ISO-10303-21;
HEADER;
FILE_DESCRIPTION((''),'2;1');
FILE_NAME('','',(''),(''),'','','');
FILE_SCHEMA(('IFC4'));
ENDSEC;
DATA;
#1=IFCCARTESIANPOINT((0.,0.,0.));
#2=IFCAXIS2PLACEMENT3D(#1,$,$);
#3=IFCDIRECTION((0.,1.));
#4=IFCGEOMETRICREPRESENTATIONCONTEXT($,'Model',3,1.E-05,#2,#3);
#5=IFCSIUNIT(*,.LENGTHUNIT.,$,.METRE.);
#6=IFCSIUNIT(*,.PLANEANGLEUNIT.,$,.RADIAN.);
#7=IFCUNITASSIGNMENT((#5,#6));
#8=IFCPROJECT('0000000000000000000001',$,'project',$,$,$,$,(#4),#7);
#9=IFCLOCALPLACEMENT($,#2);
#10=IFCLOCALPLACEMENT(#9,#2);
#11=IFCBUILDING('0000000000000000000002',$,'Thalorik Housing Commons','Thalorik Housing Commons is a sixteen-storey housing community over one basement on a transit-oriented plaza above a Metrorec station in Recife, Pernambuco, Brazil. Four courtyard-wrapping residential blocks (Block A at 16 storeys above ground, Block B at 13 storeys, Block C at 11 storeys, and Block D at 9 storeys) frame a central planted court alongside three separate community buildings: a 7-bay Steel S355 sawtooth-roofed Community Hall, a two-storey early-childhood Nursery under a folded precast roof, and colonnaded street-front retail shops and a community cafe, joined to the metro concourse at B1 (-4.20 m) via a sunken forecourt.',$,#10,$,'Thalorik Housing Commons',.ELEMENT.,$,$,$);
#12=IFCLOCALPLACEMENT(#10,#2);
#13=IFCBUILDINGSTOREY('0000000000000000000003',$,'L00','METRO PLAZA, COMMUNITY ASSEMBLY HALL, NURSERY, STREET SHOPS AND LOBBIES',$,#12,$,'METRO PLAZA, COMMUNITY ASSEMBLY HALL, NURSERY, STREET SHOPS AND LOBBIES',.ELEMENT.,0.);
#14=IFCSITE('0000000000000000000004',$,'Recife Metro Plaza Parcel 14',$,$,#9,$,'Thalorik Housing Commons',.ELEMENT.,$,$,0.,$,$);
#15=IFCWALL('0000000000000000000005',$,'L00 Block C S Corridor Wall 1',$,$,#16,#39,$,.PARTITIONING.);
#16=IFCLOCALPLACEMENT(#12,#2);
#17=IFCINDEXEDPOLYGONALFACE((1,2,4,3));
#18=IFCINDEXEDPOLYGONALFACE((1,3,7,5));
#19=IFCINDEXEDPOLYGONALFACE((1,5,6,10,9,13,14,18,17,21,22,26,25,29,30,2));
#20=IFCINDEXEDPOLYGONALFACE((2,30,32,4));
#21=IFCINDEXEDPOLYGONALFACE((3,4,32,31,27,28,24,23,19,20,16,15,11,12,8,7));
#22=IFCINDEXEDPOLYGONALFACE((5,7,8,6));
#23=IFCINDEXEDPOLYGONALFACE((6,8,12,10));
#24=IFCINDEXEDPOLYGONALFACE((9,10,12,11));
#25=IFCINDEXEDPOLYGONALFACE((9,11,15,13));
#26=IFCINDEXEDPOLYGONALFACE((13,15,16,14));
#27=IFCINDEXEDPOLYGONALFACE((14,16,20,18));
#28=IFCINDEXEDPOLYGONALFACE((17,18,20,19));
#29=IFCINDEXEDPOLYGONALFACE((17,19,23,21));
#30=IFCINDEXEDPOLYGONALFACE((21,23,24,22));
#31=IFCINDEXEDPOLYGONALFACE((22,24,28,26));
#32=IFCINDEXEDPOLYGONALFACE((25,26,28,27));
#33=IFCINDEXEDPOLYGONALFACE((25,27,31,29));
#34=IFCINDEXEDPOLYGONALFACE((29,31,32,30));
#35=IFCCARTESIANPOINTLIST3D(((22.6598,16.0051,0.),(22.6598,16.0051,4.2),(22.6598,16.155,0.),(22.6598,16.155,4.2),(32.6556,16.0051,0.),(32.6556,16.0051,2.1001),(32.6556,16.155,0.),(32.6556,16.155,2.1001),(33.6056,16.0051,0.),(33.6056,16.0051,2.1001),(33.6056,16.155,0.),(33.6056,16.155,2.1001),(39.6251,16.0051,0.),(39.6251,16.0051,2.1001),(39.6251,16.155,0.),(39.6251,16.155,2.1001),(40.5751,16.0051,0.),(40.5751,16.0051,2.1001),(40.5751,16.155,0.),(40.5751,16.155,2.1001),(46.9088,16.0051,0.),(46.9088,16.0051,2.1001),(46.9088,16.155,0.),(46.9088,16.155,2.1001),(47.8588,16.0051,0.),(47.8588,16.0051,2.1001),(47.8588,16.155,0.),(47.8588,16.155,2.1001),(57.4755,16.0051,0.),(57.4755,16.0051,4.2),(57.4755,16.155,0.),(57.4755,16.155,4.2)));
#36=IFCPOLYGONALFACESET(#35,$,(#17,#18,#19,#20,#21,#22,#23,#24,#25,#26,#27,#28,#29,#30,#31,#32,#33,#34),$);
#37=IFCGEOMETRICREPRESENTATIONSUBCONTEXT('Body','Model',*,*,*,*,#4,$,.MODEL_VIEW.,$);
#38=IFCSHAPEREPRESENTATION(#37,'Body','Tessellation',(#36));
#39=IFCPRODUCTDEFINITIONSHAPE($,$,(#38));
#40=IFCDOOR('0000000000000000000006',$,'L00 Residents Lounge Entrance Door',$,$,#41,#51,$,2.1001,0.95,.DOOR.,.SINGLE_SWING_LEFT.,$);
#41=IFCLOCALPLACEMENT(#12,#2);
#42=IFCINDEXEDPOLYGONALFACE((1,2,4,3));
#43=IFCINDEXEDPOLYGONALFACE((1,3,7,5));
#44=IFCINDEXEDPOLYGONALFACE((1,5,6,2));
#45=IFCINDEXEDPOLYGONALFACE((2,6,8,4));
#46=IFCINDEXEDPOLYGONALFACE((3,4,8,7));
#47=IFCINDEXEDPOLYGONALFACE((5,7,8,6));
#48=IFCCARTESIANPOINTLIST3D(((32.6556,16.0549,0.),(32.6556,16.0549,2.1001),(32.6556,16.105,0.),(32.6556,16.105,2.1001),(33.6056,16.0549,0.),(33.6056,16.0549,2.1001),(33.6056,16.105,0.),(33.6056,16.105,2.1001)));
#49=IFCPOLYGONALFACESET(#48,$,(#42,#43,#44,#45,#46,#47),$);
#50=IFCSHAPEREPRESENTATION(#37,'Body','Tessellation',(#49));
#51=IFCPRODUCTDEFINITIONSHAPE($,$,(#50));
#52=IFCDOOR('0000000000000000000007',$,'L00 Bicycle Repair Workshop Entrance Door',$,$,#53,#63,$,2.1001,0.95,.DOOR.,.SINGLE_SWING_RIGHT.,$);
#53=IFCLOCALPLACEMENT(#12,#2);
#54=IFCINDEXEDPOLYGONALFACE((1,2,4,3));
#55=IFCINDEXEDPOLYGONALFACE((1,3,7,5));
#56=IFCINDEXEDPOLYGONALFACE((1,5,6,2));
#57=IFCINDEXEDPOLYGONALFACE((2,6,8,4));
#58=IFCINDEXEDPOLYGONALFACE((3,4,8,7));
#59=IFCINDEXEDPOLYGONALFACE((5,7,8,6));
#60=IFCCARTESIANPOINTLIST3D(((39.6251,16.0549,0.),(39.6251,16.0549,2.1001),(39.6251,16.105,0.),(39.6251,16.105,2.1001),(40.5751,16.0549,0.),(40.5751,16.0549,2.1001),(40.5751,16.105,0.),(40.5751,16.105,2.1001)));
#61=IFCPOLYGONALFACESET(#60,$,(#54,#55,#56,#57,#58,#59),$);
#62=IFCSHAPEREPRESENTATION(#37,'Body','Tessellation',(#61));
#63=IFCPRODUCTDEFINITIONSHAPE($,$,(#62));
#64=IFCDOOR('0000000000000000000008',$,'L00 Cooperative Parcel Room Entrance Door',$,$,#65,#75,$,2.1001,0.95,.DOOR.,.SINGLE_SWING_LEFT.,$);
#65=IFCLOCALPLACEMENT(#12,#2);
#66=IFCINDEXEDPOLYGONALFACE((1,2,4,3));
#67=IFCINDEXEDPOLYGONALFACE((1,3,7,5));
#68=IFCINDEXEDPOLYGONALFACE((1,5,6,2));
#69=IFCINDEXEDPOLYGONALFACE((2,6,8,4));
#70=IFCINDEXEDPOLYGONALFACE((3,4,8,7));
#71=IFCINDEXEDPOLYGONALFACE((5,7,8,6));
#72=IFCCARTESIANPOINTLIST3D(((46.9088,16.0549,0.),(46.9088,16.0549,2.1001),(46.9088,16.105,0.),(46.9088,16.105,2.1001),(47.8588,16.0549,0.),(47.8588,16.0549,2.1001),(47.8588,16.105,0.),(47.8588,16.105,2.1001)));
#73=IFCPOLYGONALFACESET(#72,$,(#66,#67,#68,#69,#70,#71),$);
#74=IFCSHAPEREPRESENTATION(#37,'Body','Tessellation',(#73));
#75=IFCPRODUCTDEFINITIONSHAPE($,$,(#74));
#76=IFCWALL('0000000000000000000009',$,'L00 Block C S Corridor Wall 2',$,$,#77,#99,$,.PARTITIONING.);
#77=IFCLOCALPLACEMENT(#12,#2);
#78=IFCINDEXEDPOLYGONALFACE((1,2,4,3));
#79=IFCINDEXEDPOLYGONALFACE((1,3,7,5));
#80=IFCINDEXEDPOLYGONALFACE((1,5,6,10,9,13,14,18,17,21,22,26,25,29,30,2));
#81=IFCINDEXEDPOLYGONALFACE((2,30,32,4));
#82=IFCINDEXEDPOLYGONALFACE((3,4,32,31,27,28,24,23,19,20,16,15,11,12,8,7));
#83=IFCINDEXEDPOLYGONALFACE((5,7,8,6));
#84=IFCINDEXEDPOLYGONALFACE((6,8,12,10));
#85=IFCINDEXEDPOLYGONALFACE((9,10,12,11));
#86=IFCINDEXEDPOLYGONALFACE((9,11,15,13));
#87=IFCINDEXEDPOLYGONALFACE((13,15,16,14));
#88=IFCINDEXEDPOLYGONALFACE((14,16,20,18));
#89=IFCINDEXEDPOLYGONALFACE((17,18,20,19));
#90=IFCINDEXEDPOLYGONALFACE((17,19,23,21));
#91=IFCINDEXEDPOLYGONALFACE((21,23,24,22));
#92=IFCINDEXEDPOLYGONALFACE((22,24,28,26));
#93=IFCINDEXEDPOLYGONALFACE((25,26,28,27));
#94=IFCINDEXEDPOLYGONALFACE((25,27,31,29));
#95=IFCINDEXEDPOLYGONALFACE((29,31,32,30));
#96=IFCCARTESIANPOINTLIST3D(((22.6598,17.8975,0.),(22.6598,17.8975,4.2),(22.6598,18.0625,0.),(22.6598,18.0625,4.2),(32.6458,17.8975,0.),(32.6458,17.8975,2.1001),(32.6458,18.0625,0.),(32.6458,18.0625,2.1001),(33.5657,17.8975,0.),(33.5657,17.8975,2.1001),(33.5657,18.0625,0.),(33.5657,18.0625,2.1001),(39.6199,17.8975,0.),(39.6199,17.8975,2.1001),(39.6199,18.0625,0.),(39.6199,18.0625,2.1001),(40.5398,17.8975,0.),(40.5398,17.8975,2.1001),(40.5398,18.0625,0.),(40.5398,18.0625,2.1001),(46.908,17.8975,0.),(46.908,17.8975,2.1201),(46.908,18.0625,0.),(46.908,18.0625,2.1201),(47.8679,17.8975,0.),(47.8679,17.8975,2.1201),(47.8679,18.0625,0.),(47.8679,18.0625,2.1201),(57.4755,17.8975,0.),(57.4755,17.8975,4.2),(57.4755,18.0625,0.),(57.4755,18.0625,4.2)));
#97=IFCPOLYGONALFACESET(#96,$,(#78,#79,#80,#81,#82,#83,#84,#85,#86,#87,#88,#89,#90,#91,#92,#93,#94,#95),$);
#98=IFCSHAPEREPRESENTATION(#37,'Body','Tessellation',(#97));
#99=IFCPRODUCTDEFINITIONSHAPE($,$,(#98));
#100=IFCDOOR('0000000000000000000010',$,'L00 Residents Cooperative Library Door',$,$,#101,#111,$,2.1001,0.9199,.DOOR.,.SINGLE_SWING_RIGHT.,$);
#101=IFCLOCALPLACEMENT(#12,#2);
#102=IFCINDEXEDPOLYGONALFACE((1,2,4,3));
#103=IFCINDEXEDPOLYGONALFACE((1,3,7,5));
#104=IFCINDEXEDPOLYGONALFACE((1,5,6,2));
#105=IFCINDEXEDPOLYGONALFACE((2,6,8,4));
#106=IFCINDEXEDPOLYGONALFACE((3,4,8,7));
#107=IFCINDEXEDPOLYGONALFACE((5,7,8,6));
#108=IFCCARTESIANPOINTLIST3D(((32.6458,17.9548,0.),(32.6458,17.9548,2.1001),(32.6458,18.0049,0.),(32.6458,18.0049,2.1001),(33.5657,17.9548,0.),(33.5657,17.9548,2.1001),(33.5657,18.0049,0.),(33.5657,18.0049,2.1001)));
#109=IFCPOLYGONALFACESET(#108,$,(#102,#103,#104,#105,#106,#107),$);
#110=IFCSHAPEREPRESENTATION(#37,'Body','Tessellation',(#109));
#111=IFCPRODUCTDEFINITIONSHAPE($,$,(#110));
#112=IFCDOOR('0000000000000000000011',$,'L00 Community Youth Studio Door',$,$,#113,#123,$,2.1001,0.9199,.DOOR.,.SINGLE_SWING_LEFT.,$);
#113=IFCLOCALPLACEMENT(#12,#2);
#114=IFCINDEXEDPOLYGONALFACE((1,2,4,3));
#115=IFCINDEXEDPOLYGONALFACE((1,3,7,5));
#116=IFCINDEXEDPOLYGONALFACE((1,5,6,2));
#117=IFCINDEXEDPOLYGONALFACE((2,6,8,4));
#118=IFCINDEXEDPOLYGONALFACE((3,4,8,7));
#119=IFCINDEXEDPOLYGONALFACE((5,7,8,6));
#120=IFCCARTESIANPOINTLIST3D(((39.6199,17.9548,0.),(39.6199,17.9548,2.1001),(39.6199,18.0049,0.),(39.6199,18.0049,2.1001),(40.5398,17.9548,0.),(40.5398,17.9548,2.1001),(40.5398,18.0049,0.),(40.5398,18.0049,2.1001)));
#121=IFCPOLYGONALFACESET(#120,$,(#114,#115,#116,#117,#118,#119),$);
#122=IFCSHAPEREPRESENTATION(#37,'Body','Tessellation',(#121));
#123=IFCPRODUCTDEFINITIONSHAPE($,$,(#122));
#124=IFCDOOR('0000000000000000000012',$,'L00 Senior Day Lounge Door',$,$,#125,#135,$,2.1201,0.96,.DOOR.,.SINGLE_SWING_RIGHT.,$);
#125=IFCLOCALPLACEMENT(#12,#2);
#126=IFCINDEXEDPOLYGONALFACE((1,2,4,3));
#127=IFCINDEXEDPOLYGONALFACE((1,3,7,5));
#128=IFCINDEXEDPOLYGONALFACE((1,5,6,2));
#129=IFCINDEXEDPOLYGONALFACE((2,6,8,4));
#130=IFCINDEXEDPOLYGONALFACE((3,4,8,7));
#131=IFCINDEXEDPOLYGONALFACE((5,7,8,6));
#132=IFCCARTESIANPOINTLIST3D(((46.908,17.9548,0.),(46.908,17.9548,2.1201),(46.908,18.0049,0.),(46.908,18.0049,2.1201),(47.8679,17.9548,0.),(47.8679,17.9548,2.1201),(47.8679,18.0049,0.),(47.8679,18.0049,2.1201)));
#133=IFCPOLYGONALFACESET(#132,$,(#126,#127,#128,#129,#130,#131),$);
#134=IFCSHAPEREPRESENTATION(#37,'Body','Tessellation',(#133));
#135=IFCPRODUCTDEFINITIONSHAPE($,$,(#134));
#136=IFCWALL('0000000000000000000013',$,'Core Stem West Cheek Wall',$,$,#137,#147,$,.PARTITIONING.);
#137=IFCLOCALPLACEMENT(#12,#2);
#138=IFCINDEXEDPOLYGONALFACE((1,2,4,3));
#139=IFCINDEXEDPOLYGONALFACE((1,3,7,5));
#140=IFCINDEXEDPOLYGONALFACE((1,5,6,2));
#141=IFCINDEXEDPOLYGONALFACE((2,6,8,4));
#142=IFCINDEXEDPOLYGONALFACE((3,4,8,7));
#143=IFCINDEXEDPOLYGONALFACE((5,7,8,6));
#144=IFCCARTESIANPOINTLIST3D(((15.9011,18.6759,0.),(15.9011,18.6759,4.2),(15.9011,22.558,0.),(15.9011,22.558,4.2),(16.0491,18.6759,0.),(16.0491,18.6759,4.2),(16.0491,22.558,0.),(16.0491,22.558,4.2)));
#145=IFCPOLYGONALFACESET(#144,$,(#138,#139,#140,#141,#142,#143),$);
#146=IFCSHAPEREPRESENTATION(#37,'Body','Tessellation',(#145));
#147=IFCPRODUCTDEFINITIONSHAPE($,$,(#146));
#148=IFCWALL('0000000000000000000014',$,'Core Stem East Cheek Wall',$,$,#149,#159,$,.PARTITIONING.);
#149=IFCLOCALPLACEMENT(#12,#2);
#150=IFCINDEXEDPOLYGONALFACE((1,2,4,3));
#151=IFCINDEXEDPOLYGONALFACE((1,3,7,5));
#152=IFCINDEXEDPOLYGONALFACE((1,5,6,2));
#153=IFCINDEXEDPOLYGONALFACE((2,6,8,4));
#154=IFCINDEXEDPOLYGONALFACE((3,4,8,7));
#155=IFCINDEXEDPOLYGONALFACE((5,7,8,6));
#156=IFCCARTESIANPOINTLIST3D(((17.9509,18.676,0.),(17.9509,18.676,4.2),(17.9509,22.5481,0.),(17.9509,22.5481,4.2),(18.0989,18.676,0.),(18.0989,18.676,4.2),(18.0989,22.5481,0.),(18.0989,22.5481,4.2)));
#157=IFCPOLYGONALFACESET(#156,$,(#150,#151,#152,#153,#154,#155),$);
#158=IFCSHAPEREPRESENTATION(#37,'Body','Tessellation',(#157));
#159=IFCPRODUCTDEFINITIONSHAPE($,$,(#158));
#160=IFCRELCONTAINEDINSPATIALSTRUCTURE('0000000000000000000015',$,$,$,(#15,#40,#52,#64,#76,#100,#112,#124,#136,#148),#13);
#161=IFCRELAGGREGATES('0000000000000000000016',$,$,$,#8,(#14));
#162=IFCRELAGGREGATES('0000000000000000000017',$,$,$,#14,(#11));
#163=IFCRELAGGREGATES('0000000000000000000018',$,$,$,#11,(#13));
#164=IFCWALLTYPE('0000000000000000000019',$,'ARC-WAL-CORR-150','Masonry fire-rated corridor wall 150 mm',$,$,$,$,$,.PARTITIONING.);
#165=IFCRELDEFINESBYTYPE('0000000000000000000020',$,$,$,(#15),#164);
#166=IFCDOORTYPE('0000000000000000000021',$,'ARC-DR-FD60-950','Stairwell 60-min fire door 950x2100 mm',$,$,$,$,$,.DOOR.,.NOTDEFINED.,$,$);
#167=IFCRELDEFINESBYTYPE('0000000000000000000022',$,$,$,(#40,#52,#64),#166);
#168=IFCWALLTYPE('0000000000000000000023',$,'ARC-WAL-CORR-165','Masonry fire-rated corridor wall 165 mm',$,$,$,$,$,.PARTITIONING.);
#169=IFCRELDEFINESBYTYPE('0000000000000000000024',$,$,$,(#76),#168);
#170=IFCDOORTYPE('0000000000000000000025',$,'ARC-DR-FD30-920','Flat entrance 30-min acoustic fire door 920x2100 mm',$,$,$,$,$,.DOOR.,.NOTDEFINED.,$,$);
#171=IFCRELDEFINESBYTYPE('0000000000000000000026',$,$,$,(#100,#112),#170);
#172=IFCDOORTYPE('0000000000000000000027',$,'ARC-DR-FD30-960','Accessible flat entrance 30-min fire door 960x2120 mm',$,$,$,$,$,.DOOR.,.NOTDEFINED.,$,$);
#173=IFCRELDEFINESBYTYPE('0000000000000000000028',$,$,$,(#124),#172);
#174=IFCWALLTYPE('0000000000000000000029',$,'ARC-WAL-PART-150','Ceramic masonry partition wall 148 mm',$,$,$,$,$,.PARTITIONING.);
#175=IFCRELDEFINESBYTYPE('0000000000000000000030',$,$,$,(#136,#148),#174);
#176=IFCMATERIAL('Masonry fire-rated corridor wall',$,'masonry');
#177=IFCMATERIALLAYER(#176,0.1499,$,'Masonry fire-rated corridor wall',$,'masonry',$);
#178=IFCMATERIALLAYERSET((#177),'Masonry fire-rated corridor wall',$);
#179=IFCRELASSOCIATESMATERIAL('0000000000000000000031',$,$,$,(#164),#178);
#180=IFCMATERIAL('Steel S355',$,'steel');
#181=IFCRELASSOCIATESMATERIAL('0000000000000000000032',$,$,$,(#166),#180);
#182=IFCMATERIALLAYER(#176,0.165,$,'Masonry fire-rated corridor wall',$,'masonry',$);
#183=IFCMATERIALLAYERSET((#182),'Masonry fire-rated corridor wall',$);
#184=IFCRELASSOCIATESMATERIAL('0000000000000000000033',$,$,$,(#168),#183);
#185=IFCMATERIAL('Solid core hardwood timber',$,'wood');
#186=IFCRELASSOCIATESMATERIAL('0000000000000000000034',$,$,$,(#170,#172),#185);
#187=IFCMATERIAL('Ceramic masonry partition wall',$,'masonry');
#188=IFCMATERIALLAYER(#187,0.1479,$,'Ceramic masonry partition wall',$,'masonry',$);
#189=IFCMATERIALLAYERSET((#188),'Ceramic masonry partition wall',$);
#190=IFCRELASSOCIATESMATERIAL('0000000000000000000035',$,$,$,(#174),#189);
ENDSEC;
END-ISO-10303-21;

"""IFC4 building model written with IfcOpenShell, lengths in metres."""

from ifc_helpers import new_model, si_unit, direction, frame, frame_2d, origin, place, context, subcontext, project, spatial, rectangle, extrude, material, layer, layer_set, type_object, element, fill, save


model = new_model("IFC4")

# Units and contexts
model_context = context("Model", 3, precision=1e-05, world=origin(), true_north=direction((0.0, 1.0)))
body_context = subcontext(model_context, "Body", "Model", "MODEL_VIEW")
ifc_project = project(units=[si_unit("LENGTHUNIT", "METRE"), si_unit("PLANEANGLEUNIT", "RADIAN")], contexts=[model_context])

# Site, building, storey
site_placement = place(None, origin())
site = spatial("IfcSite", under=ifc_project, at=site_placement, Name="Recife Metro Plaza Parcel 14", LongName="Thalorik Housing Commons", CompositionType="ELEMENT", RefElevation=0.0)
building_placement = place(site_placement, origin())
building = spatial("IfcBuilding", under=site, at=building_placement, Name="Thalorik Housing Commons", Description="Thalorik Housing Commons is a sixteen-storey housing community over one basement on a transit-oriented plaza above a Metrorec station in Recife, Pernambuco, Brazil. Four courtyard-wrapping residential blocks (Block A at 16 storeys above ground, Block B at 13 storeys, Block C at 11 storeys, and Block D at 9 storeys) frame a central planted court alongside three separate community buildings: a 7-bay Steel S355 sawtooth-roofed Community Hall, a two-storey early-childhood Nursery under a folded precast roof, and colonnaded street-front retail shops and a community cafe, joined to the metro concourse at B1 (-4.20 m) via a sunken forecourt.", LongName="Thalorik Housing Commons", CompositionType="ELEMENT")
storey_placement = place(building_placement, origin())
storey = spatial("IfcBuildingStorey", under=building, at=storey_placement, Name="L00", Description="METRO PLAZA, COMMUNITY ASSEMBLY HALL, NURSERY, STREET SHOPS AND LOBBIES", LongName="METRO PLAZA, COMMUNITY ASSEMBLY HALL, NURSERY, STREET SHOPS AND LOBBIES", CompositionType="ELEMENT", Elevation=0.0)

# Walls, openings, doors
ifc_material_1 = material(Name="Masonry fire-rated corridor wall", Category="masonry")
ifc_layer_1 = layer(ifc_material_1, 0.1499, Name="Masonry fire-rated corridor wall", Category="masonry")
ifc_layer_set_1 = layer_set([ifc_layer_1], Name="Masonry fire-rated corridor wall")
wall_type_1 = type_object("IfcWallType", Name="ARC-WAL-CORR-150", Description="Masonry fire-rated corridor wall 150 mm", PredefinedType="PARTITIONING", material=ifc_layer_set_1)
ifc_material_2 = material(Name="Steel S355", Category="steel")
door_type_1 = type_object("IfcDoorType", Name="ARC-DR-FD60-950", Description="Stairwell 60-min fire door 950x2100 mm", OperationType="NOTDEFINED", PredefinedType="DOOR", material=ifc_material_2)
wall_1_placement = place(storey_placement, frame((22.6599, 16.0801, 0.0), z_axis=(0.0, 0.0, 1.0), x_axis=(1.0, 0.0, 0.0)))
wall_1 = element("IfcWall", 1, at=wall_1_placement, inside=storey, type_object=wall_type_1, Name="L00 Block C S Corridor Wall 1", PredefinedType="PARTITIONING", context=body_context, shape_type="SweptSolid", body=[
    extrude(rectangle(XDim=34.8157, YDim=0.1499, at=frame_2d((17.4077, 0.0))), origin(), (0.0, 0.0, 1.0), 4.2),
])
opening_1_placement = place(wall_1_placement, frame((9.9956, 0.0, 0.0)))
opening_1 = element("IfcOpeningElement", 2, at=opening_1_placement, cuts=wall_1, PredefinedType="OPENING", context=body_context, shape_type="SweptSolid", body=[
    extrude(rectangle(XDim=0.95, YDim=2.1001, at=frame_2d((0.4751, 1.05))), frame((0.0, 0.085, 0.0), z_axis=(0.0, -1.0, 0.0), x_axis=(1.0, 0.0, 0.0)), (0.0, 0.0, 1.0), 0.1699),
])
opening_2_placement = place(wall_1_placement, frame((16.9651, 0.0, 0.0)))
opening_2 = element("IfcOpeningElement", 3, at=opening_2_placement, cuts=wall_1, PredefinedType="OPENING", context=body_context, shape_type="SweptSolid", body=[
    extrude(rectangle(XDim=0.95, YDim=2.1001, at=frame_2d((0.4751, 1.05))), frame((0.0, 0.085, 0.0), z_axis=(0.0, -1.0, 0.0), x_axis=(1.0, 0.0, 0.0)), (0.0, 0.0, 1.0), 0.1699),
])
opening_3_placement = place(wall_1_placement, frame((24.2488, 0.0, 0.0)))
opening_3 = element("IfcOpeningElement", 4, at=opening_3_placement, cuts=wall_1, PredefinedType="OPENING", context=body_context, shape_type="SweptSolid", body=[
    extrude(rectangle(XDim=0.95, YDim=2.1001, at=frame_2d((0.4751, 1.05))), frame((0.0, 0.085, 0.0), z_axis=(0.0, -1.0, 0.0), x_axis=(1.0, 0.0, 0.0)), (0.0, 0.0, 1.0), 0.1699),
])
door_1_placement = place(opening_1_placement, origin())
door_1 = element("IfcDoor", 5, at=door_1_placement, inside=storey, type_object=door_type_1, Name="L00 Residents Lounge Entrance Door", OperationType="SINGLE_SWING_LEFT", OverallHeight=2.1001, OverallWidth=0.95, PredefinedType="DOOR", context=body_context, shape_type="SweptSolid", body=[
    extrude(rectangle(XDim=0.95, YDim=2.1001, at=frame_2d((0.4751, 1.05))), frame((0.0, 0.0249, 0.0), z_axis=(0.0, -1.0, 0.0), x_axis=(1.0, 0.0, 0.0)), (0.0, 0.0, 1.0), 0.05),
])
fill(opening_1, door_1)
door_2_placement = place(opening_2_placement, origin())
door_2 = element("IfcDoor", 6, at=door_2_placement, inside=storey, type_object=door_type_1, Name="L00 Bicycle Repair Workshop Entrance Door", OperationType="SINGLE_SWING_RIGHT", OverallHeight=2.1001, OverallWidth=0.95, PredefinedType="DOOR", context=body_context, shape_type="SweptSolid", body=[
    extrude(rectangle(XDim=0.95, YDim=2.1001, at=frame_2d((0.4751, 1.05))), frame((0.0, 0.0249, 0.0), z_axis=(0.0, -1.0, 0.0), x_axis=(1.0, 0.0, 0.0)), (0.0, 0.0, 1.0), 0.05),
])
fill(opening_2, door_2)
door_3_placement = place(opening_3_placement, origin())
door_3 = element("IfcDoor", 7, at=door_3_placement, inside=storey, type_object=door_type_1, Name="L00 Cooperative Parcel Room Entrance Door", OperationType="SINGLE_SWING_LEFT", OverallHeight=2.1001, OverallWidth=0.95, PredefinedType="DOOR", context=body_context, shape_type="SweptSolid", body=[
    extrude(rectangle(XDim=0.95, YDim=2.1001, at=frame_2d((0.4751, 1.05))), frame((0.0, 0.0249, 0.0), z_axis=(0.0, -1.0, 0.0), x_axis=(1.0, 0.0, 0.0)), (0.0, 0.0, 1.0), 0.05),
])
fill(opening_3, door_3)
ifc_layer_2 = layer(ifc_material_1, 0.165, Name="Masonry fire-rated corridor wall", Category="masonry")
ifc_layer_set_2 = layer_set([ifc_layer_2], Name="Masonry fire-rated corridor wall")
wall_type_2 = type_object("IfcWallType", Name="ARC-WAL-CORR-165", Description="Masonry fire-rated corridor wall 165 mm", PredefinedType="PARTITIONING", material=ifc_layer_set_2)
wall_2_placement = place(storey_placement, frame((22.6599, 17.98, 0.0), z_axis=(0.0, 0.0, 1.0), x_axis=(1.0, 0.0, 0.0)))
wall_2 = element("IfcWall", 8, at=wall_2_placement, inside=storey, type_object=wall_type_2, Name="L00 Block C S Corridor Wall 2", PredefinedType="PARTITIONING", context=body_context, shape_type="SweptSolid", body=[
    extrude(rectangle(XDim=34.8157, YDim=0.165, at=frame_2d((17.4077, 0.0))), origin(), (0.0, 0.0, 1.0), 4.2),
])
opening_4_placement = place(wall_2_placement, frame((9.9858, 0.0, 0.0)))
opening_4 = element("IfcOpeningElement", 9, at=opening_4_placement, cuts=wall_2, PredefinedType="OPENING", context=body_context, shape_type="SweptSolid", body=[
    extrude(rectangle(XDim=0.9199, YDim=2.1001, at=frame_2d((0.46, 1.05))), frame((0.0, 0.0925, 0.0), z_axis=(0.0, -1.0, 0.0), x_axis=(1.0, 0.0, 0.0)), (0.0, 0.0, 1.0), 0.1851),
])
opening_5_placement = place(wall_2_placement, frame((16.96, 0.0, 0.0)))
opening_5 = element("IfcOpeningElement", 10, at=opening_5_placement, cuts=wall_2, PredefinedType="OPENING", context=body_context, shape_type="SweptSolid", body=[
    extrude(rectangle(XDim=0.9199, YDim=2.1001, at=frame_2d((0.46, 1.05))), frame((0.0, 0.0925, 0.0), z_axis=(0.0, -1.0, 0.0), x_axis=(1.0, 0.0, 0.0)), (0.0, 0.0, 1.0), 0.1851),
])
opening_6_placement = place(wall_2_placement, frame((24.248, 0.0, 0.0)))
opening_6 = element("IfcOpeningElement", 11, at=opening_6_placement, cuts=wall_2, PredefinedType="OPENING", context=body_context, shape_type="SweptSolid", body=[
    extrude(rectangle(XDim=0.96, YDim=2.1201, at=frame_2d((0.48, 1.0601))), frame((0.0, 0.0925, 0.0), z_axis=(0.0, -1.0, 0.0), x_axis=(1.0, 0.0, 0.0)), (0.0, 0.0, 1.0), 0.1851),
])
ifc_material_3 = material(Name="Solid core hardwood timber", Category="wood")
door_type_2 = type_object("IfcDoorType", Name="ARC-DR-FD30-920", Description="Flat entrance 30-min acoustic fire door 920x2100 mm", OperationType="NOTDEFINED", PredefinedType="DOOR", material=ifc_material_3)
door_4_placement = place(opening_4_placement, origin())
door_4 = element("IfcDoor", 12, at=door_4_placement, inside=storey, type_object=door_type_2, Name="L00 Residents Cooperative Library Door", OperationType="SINGLE_SWING_RIGHT", OverallHeight=2.1001, OverallWidth=0.9199, PredefinedType="DOOR", context=body_context, shape_type="SweptSolid", body=[
    extrude(rectangle(XDim=0.9199, YDim=2.1001, at=frame_2d((0.46, 1.05))), frame((0.0, 0.0249, 0.0), z_axis=(0.0, -1.0, 0.0), x_axis=(1.0, 0.0, 0.0)), (0.0, 0.0, 1.0), 0.05),
])
fill(opening_4, door_4)
door_5_placement = place(opening_5_placement, origin())
door_5 = element("IfcDoor", 13, at=door_5_placement, inside=storey, type_object=door_type_2, Name="L00 Community Youth Studio Door", OperationType="SINGLE_SWING_LEFT", OverallHeight=2.1001, OverallWidth=0.9199, PredefinedType="DOOR", context=body_context, shape_type="SweptSolid", body=[
    extrude(rectangle(XDim=0.9199, YDim=2.1001, at=frame_2d((0.46, 1.05))), frame((0.0, 0.0249, 0.0), z_axis=(0.0, -1.0, 0.0), x_axis=(1.0, 0.0, 0.0)), (0.0, 0.0, 1.0), 0.05),
])
fill(opening_5, door_5)
door_type_3 = type_object("IfcDoorType", Name="ARC-DR-FD30-960", Description="Accessible flat entrance 30-min fire door 960x2120 mm", OperationType="NOTDEFINED", PredefinedType="DOOR", material=ifc_material_3)
door_6_placement = place(opening_6_placement, origin())
door_6 = element("IfcDoor", 14, at=door_6_placement, inside=storey, type_object=door_type_3, Name="L00 Senior Day Lounge Door", OperationType="SINGLE_SWING_RIGHT", OverallHeight=2.1201, OverallWidth=0.96, PredefinedType="DOOR", context=body_context, shape_type="SweptSolid", body=[
    extrude(rectangle(XDim=0.96, YDim=2.1201, at=frame_2d((0.48, 1.0601))), frame((0.0, 0.0249, 0.0), z_axis=(0.0, -1.0, 0.0), x_axis=(1.0, 0.0, 0.0)), (0.0, 0.0, 1.0), 0.05),
])
fill(opening_6, door_6)

# Walls
ifc_material_4 = material(Name="Ceramic masonry partition wall", Category="masonry")
ifc_layer_3 = layer(ifc_material_4, 0.1479, Name="Ceramic masonry partition wall", Category="masonry")
ifc_layer_set_3 = layer_set([ifc_layer_3], Name="Ceramic masonry partition wall")
wall_type_3 = type_object("IfcWallType", Name="ARC-WAL-PART-150", Description="Ceramic masonry partition wall 148 mm", PredefinedType="PARTITIONING", material=ifc_layer_set_3)
wall_3_placement = place(storey_placement, frame((15.9751, 18.676, 0.0), z_axis=(0.0, 0.0, 1.0), x_axis=(0.0, 1.0, 0.0)))
element("IfcWall", 15, at=wall_3_placement, inside=storey, type_object=wall_type_3, Name="Core Stem West Cheek Wall", PredefinedType="PARTITIONING", context=body_context, shape_type="SweptSolid", body=[
    extrude(rectangle(XDim=3.8821, YDim=0.1479, at=frame_2d((1.9409, 0.0))), origin(), (0.0, 0.0, 1.0), 4.2),
])
wall_4_placement = place(storey_placement, frame((18.0249, 18.676, 0.0), z_axis=(0.0, 0.0, 1.0), x_axis=(0.0, 1.0, 0.0)))
element("IfcWall", 16, at=wall_4_placement, inside=storey, type_object=wall_type_3, Name="Core Stem East Cheek Wall", PredefinedType="PARTITIONING", context=body_context, shape_type="SweptSolid", body=[
    extrude(rectangle(XDim=3.8721, YDim=0.1479, at=frame_2d((1.936, 0.0))), origin(), (0.0, 0.0, 1.0), 4.2),
])

save(model, "model.ifc")
